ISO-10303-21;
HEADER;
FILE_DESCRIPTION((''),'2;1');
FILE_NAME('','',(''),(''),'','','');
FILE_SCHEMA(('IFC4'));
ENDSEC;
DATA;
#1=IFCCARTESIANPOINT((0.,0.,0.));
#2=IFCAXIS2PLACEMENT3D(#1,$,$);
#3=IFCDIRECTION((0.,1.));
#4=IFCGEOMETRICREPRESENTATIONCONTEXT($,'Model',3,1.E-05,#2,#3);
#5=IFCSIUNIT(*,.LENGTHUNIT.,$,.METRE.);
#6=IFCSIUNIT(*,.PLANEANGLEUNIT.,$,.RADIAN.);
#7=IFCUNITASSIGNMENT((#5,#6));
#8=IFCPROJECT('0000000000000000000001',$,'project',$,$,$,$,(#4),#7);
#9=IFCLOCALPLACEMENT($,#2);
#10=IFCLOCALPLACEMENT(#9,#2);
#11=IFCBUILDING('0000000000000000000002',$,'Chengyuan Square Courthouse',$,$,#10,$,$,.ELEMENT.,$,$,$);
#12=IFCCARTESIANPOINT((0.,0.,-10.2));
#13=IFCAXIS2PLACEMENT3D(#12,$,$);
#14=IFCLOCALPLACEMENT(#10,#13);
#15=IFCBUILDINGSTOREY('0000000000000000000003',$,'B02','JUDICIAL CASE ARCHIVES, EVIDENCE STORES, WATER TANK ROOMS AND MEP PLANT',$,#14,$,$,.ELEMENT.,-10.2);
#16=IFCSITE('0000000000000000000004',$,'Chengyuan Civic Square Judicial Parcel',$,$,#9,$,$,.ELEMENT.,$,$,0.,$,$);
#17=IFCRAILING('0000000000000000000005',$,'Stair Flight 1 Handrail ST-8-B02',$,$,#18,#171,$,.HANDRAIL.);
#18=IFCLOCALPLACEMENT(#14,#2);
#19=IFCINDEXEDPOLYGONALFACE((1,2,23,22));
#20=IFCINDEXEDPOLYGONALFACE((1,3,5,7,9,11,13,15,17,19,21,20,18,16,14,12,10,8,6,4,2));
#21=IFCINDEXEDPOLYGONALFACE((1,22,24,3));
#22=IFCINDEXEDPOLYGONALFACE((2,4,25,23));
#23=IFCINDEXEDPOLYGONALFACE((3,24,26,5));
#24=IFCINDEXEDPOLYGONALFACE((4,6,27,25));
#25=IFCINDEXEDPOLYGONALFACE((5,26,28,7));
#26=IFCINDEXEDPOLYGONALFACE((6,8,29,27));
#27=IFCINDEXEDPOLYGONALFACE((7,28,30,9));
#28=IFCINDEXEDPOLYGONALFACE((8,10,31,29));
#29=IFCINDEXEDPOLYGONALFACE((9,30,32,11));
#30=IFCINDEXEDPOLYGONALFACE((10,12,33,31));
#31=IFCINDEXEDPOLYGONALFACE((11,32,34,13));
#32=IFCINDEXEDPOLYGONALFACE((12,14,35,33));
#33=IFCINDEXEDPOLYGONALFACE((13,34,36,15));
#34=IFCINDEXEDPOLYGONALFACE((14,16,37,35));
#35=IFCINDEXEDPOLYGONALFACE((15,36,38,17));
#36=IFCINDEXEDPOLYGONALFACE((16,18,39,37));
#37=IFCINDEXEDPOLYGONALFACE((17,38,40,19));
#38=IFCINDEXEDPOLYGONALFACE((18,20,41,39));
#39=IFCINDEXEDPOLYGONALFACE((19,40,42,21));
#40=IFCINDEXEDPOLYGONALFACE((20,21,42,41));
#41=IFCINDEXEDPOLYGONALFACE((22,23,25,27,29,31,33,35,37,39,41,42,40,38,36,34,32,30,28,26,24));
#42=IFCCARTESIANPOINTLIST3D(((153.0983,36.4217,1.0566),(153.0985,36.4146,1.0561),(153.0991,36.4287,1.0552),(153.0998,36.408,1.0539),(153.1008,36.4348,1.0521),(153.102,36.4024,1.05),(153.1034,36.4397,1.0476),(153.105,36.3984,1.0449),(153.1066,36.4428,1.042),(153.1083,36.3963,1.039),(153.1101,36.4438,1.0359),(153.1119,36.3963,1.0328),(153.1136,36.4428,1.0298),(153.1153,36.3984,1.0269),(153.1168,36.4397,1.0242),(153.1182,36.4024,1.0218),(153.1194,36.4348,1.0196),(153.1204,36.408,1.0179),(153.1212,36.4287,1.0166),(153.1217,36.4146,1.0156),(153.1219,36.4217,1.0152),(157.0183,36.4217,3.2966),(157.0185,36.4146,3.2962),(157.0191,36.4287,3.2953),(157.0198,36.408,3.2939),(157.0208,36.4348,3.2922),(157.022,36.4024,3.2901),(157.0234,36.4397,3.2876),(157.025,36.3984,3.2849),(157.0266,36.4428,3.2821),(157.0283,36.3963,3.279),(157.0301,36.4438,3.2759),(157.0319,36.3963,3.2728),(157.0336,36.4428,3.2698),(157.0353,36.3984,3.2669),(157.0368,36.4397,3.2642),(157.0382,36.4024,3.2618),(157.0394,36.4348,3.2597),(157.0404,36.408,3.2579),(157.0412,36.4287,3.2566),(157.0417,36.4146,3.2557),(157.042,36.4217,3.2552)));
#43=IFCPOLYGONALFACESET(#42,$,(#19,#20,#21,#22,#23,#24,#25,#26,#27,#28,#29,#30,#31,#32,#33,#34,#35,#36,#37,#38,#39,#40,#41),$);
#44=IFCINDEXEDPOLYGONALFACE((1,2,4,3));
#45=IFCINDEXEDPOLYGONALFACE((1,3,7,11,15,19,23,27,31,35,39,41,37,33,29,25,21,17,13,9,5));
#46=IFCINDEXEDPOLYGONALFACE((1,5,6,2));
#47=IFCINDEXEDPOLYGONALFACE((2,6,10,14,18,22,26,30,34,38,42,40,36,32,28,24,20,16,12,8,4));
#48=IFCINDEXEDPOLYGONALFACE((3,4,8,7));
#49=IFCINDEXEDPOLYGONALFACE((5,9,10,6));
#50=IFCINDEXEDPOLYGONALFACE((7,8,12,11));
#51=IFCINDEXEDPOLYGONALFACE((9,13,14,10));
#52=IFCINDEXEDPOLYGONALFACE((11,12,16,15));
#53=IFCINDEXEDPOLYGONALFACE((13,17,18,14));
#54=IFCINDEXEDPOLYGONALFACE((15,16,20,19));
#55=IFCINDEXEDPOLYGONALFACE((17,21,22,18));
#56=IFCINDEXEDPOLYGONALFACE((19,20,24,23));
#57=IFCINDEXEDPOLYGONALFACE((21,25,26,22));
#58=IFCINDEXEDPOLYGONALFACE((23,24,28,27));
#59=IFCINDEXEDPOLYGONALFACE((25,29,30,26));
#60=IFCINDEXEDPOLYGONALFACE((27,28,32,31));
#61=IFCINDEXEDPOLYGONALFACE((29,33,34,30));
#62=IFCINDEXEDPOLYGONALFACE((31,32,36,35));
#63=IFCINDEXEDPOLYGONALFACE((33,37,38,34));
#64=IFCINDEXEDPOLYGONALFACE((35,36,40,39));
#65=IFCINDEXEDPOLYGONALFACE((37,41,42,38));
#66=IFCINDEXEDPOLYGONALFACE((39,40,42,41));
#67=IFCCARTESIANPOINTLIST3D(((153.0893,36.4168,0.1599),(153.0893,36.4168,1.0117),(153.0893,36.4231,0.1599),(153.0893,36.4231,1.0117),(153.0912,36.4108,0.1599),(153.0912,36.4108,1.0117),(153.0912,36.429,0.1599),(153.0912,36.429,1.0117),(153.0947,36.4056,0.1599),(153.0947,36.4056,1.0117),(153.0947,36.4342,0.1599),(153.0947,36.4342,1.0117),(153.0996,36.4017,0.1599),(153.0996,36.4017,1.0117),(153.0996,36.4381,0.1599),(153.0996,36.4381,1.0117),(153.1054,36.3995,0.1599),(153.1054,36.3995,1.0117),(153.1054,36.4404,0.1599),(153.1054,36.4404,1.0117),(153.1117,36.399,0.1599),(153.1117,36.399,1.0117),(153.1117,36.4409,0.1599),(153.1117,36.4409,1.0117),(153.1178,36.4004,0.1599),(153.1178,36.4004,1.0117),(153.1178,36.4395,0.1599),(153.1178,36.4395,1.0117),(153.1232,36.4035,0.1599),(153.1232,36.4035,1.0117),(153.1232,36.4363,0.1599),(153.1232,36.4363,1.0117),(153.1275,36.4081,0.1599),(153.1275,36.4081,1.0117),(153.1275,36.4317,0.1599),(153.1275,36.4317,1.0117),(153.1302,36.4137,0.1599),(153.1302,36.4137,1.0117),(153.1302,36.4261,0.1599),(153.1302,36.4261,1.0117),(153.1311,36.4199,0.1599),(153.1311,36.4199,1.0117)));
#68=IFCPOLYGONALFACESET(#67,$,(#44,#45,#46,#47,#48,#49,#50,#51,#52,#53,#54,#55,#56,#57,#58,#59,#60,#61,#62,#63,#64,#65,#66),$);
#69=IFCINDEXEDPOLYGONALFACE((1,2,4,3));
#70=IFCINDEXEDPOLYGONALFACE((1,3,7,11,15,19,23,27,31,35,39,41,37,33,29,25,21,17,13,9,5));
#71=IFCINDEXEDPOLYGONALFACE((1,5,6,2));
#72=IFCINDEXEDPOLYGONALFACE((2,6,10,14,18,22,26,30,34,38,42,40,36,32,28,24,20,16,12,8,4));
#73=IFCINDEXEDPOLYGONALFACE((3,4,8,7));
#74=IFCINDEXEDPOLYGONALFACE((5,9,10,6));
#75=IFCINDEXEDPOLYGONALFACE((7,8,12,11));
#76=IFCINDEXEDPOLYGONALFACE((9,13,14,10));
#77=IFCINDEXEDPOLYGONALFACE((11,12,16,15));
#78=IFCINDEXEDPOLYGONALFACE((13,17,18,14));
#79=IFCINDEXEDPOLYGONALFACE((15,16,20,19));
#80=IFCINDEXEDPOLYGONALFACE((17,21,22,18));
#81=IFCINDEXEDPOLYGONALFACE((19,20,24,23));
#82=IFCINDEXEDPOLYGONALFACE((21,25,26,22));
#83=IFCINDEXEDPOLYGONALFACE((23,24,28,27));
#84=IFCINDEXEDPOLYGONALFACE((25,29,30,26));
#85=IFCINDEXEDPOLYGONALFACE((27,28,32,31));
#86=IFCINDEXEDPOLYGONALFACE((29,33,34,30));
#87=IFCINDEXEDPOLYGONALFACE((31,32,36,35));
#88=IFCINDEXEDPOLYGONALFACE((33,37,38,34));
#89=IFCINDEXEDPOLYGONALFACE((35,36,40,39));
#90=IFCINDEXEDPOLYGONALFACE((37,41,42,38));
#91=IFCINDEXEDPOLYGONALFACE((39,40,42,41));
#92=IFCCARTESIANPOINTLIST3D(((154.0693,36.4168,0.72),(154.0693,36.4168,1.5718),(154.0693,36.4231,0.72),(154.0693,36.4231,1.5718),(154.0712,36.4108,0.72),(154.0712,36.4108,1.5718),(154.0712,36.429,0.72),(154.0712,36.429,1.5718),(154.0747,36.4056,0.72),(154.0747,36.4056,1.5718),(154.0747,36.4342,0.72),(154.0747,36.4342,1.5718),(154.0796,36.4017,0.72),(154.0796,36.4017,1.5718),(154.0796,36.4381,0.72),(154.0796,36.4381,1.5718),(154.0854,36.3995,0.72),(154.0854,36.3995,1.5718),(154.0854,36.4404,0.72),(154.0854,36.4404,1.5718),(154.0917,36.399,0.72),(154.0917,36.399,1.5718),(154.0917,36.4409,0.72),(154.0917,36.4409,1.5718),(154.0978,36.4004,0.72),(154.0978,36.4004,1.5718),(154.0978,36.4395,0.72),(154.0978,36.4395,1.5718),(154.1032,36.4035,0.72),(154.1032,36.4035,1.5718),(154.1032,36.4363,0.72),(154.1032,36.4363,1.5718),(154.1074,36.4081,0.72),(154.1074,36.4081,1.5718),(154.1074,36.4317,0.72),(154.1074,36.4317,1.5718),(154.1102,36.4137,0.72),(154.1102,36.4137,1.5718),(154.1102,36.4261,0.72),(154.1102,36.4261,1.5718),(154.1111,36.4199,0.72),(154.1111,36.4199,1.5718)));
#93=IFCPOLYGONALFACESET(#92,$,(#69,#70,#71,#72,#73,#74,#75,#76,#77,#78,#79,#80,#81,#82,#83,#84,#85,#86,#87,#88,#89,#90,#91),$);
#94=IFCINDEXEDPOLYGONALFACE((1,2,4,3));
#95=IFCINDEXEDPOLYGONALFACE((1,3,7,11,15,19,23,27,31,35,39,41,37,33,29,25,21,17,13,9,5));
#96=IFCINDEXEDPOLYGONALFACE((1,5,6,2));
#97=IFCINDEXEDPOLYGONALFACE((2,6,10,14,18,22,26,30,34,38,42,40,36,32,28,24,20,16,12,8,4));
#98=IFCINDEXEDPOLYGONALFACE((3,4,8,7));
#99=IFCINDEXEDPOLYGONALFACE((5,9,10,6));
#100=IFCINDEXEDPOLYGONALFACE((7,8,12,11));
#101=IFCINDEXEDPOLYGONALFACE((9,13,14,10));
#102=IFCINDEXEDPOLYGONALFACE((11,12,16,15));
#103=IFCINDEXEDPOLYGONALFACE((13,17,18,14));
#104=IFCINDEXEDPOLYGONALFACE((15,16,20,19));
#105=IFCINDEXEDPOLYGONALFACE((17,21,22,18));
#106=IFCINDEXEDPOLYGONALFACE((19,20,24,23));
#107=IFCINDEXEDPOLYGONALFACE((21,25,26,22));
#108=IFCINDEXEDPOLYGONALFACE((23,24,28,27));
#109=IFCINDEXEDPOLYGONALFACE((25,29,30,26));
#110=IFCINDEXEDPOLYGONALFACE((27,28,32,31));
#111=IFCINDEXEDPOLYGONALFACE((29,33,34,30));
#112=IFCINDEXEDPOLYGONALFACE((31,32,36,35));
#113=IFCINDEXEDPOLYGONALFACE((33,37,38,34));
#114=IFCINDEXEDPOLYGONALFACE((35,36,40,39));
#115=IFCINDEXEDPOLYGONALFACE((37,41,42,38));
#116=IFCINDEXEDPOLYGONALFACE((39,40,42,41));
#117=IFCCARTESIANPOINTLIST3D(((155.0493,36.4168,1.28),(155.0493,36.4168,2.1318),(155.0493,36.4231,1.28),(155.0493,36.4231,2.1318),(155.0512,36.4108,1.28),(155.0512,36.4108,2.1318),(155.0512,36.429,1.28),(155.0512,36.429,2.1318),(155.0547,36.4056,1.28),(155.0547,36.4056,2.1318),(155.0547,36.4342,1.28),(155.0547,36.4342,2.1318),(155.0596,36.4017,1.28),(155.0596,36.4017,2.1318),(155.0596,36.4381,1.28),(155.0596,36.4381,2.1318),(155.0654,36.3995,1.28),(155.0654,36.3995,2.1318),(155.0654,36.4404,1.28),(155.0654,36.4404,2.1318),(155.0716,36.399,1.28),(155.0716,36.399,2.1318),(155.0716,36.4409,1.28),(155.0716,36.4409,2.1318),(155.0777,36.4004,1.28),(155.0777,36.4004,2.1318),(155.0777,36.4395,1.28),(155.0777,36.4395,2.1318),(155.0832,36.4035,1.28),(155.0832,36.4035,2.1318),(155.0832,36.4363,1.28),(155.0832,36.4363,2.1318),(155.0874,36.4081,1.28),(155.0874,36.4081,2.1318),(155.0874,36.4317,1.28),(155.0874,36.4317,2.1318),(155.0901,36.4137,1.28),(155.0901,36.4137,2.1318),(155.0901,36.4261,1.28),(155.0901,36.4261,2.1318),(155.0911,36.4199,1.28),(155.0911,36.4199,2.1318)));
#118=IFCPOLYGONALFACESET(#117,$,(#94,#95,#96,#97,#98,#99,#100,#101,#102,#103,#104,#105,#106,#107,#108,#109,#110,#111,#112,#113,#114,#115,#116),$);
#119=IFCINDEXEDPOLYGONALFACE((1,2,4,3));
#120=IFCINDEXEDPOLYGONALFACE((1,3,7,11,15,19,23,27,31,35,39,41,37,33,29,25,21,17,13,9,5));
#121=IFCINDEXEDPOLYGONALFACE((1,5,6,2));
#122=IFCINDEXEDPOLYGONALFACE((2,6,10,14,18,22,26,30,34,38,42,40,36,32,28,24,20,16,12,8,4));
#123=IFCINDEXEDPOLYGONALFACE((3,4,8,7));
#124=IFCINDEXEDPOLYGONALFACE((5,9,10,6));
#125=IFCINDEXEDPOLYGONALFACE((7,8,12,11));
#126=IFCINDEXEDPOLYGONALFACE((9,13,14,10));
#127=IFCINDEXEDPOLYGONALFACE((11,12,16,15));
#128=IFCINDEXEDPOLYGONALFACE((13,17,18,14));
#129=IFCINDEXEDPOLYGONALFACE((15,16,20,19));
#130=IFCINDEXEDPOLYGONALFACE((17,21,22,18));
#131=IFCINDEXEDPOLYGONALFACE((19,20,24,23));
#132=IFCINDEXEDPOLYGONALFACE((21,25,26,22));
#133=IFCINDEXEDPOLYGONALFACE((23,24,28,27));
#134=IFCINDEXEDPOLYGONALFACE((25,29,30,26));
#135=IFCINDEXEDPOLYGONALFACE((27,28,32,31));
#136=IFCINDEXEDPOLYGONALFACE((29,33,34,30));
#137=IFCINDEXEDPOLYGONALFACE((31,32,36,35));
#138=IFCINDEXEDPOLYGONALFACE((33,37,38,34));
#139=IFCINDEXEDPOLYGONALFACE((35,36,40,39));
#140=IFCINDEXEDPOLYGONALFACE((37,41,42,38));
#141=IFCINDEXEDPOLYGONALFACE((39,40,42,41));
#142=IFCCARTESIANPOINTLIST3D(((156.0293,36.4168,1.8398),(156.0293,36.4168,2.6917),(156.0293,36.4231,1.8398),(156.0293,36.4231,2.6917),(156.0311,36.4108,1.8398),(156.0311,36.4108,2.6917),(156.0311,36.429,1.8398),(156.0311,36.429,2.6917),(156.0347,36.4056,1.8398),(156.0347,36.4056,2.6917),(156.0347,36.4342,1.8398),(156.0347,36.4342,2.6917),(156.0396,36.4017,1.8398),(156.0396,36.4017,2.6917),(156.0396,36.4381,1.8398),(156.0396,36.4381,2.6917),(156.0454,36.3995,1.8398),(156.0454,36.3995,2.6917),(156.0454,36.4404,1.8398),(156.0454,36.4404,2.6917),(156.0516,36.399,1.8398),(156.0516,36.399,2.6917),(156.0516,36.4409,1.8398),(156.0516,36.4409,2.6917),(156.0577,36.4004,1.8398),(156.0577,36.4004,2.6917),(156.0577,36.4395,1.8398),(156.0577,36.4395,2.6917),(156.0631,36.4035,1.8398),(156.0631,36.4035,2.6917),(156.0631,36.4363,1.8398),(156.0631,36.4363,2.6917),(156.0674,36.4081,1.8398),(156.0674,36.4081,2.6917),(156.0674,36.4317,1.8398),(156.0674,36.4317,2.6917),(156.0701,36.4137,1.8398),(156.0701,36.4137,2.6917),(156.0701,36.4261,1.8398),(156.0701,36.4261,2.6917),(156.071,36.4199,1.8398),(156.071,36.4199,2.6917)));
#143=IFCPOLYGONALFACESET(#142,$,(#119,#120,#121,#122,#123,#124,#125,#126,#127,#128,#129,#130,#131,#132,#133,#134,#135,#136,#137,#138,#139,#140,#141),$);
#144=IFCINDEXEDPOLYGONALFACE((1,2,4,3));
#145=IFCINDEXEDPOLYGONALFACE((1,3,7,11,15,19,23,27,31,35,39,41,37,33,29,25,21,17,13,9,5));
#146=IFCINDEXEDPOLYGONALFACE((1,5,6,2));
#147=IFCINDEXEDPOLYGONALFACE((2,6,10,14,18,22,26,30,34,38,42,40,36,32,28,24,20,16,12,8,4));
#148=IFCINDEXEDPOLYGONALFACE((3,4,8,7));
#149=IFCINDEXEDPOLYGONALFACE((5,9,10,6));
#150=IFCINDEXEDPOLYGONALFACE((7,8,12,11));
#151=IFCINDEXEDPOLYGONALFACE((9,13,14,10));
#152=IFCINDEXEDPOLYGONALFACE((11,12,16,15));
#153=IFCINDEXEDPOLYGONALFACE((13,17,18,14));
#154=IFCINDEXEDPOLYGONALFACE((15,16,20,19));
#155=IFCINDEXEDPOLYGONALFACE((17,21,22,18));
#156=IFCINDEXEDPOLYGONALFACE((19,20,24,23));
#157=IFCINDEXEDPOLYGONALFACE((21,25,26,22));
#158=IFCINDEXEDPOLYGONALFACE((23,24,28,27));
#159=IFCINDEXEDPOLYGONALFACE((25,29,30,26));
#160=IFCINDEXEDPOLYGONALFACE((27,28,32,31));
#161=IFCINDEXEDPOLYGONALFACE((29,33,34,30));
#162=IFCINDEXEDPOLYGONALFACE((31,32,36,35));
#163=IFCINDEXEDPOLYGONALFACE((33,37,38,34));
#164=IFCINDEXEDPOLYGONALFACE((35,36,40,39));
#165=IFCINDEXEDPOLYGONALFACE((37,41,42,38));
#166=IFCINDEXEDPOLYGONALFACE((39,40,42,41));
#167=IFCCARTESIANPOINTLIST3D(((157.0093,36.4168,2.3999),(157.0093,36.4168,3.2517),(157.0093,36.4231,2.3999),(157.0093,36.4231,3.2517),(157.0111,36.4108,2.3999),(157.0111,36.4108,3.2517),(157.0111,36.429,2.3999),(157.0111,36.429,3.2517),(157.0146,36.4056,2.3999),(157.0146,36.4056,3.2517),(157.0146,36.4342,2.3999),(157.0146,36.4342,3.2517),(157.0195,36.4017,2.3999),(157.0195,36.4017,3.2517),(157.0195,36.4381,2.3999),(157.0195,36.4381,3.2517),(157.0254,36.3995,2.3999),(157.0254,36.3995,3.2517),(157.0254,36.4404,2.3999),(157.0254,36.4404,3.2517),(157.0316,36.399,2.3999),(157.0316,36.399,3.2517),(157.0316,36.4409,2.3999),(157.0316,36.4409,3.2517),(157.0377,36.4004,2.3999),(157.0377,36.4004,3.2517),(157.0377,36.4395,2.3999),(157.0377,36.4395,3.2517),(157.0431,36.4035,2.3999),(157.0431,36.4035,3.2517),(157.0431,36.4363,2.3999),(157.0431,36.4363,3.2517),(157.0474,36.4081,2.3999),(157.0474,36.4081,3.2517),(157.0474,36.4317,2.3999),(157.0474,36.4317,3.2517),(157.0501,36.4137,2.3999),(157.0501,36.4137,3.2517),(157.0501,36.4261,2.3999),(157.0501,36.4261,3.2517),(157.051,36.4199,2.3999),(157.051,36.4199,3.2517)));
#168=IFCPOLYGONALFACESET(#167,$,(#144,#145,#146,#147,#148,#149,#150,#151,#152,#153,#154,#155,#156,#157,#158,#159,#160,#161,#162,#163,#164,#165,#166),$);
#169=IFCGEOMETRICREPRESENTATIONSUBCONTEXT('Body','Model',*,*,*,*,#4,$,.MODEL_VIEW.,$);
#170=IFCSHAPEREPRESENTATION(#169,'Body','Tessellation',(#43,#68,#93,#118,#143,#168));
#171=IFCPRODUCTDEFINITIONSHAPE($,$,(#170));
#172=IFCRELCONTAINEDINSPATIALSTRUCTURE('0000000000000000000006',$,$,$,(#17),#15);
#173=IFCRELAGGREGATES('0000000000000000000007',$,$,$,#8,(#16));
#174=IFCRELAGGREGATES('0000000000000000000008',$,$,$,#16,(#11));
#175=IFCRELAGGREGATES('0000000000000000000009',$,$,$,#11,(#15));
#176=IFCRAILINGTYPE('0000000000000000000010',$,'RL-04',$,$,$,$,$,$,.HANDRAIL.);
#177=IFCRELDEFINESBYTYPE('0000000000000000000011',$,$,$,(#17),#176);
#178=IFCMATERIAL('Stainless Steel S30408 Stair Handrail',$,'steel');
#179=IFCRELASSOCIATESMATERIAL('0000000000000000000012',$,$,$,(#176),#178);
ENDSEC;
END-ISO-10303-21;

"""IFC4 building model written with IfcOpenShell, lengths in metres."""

from ifc_helpers import new_model, si_unit, direction, frame, origin, origin_2d, place, context, subcontext, project, spatial, circle, extrude, material, type_object, element, save


model = new_model("IFC4")

# Units and contexts
model_context = context("Model", 3, precision=1e-05, world=origin(), true_north=direction((0.0, 1.0)))
body_context = subcontext(model_context, "Body", "Model", "MODEL_VIEW")
ifc_project = project(units=[si_unit("LENGTHUNIT", "METRE"), si_unit("PLANEANGLEUNIT", "RADIAN")], contexts=[model_context])

# Site, building, storey
site_placement = place(None, origin())
site = spatial("IfcSite", under=ifc_project, at=site_placement, Name="Chengyuan Civic Square Judicial Parcel", CompositionType="ELEMENT", RefElevation=0.0)
building_placement = place(site_placement, origin())
building = spatial("IfcBuilding", under=site, at=building_placement, Name="Chengyuan Square Courthouse", CompositionType="ELEMENT")
storey_placement = place(building_placement, frame((0.0, 0.0, -10.2)))
storey = spatial("IfcBuildingStorey", under=building, at=storey_placement, Name="B02", Description="JUDICIAL CASE ARCHIVES, EVIDENCE STORES, WATER TANK ROOMS AND MEP PLANT", CompositionType="ELEMENT", Elevation=-10.2)

# Railing
ifc_material_1 = material(Name="Stainless Steel S30408 Stair Handrail", Category="steel")
railing_type_1 = type_object("IfcRailingType", Name="RL-04", PredefinedType="HANDRAIL", material=ifc_material_1)
railing_1_placement = place(storey_placement, frame((153.1101, 36.4199, 0.1599)))
element("IfcRailing", 1, at=railing_1_placement, inside=storey, type_object=railing_type_1, Name="Stair Flight 1 Handrail ST-8-B02", PredefinedType="HANDRAIL", context=body_context, shape_type="SweptSolid", body=[
    extrude(circle(Radius=0.0239, at=origin_2d()), frame((0.0, 0.0, 0.876), z_axis=(0.86824, 0.0, 0.496145), x_axis=(0.0, 1.0, 0.0)), (0.0, 0.0, 1.0), 4.5149),
    extrude(circle(Radius=0.021, at=origin_2d()), origin(), (0.0, 0.0, 1.0), 0.8518),
    extrude(circle(Radius=0.021, at=origin_2d()), frame((0.98, 0.0, 0.5601)), (0.0, 0.0, 1.0), 0.8518),
    extrude(circle(Radius=0.021, at=origin_2d()), frame((1.96, 0.0, 1.1201)), (0.0, 0.0, 1.0), 0.8518),
    extrude(circle(Radius=0.021, at=origin_2d()), frame((2.9399, 0.0, 1.6799)), (0.0, 0.0, 1.0), 0.8518),
    extrude(circle(Radius=0.021, at=origin_2d()), frame((3.9199, 0.0, 2.24)), (0.0, 0.0, 1.0), 0.8518),
])

save(model, "model.ifc")
